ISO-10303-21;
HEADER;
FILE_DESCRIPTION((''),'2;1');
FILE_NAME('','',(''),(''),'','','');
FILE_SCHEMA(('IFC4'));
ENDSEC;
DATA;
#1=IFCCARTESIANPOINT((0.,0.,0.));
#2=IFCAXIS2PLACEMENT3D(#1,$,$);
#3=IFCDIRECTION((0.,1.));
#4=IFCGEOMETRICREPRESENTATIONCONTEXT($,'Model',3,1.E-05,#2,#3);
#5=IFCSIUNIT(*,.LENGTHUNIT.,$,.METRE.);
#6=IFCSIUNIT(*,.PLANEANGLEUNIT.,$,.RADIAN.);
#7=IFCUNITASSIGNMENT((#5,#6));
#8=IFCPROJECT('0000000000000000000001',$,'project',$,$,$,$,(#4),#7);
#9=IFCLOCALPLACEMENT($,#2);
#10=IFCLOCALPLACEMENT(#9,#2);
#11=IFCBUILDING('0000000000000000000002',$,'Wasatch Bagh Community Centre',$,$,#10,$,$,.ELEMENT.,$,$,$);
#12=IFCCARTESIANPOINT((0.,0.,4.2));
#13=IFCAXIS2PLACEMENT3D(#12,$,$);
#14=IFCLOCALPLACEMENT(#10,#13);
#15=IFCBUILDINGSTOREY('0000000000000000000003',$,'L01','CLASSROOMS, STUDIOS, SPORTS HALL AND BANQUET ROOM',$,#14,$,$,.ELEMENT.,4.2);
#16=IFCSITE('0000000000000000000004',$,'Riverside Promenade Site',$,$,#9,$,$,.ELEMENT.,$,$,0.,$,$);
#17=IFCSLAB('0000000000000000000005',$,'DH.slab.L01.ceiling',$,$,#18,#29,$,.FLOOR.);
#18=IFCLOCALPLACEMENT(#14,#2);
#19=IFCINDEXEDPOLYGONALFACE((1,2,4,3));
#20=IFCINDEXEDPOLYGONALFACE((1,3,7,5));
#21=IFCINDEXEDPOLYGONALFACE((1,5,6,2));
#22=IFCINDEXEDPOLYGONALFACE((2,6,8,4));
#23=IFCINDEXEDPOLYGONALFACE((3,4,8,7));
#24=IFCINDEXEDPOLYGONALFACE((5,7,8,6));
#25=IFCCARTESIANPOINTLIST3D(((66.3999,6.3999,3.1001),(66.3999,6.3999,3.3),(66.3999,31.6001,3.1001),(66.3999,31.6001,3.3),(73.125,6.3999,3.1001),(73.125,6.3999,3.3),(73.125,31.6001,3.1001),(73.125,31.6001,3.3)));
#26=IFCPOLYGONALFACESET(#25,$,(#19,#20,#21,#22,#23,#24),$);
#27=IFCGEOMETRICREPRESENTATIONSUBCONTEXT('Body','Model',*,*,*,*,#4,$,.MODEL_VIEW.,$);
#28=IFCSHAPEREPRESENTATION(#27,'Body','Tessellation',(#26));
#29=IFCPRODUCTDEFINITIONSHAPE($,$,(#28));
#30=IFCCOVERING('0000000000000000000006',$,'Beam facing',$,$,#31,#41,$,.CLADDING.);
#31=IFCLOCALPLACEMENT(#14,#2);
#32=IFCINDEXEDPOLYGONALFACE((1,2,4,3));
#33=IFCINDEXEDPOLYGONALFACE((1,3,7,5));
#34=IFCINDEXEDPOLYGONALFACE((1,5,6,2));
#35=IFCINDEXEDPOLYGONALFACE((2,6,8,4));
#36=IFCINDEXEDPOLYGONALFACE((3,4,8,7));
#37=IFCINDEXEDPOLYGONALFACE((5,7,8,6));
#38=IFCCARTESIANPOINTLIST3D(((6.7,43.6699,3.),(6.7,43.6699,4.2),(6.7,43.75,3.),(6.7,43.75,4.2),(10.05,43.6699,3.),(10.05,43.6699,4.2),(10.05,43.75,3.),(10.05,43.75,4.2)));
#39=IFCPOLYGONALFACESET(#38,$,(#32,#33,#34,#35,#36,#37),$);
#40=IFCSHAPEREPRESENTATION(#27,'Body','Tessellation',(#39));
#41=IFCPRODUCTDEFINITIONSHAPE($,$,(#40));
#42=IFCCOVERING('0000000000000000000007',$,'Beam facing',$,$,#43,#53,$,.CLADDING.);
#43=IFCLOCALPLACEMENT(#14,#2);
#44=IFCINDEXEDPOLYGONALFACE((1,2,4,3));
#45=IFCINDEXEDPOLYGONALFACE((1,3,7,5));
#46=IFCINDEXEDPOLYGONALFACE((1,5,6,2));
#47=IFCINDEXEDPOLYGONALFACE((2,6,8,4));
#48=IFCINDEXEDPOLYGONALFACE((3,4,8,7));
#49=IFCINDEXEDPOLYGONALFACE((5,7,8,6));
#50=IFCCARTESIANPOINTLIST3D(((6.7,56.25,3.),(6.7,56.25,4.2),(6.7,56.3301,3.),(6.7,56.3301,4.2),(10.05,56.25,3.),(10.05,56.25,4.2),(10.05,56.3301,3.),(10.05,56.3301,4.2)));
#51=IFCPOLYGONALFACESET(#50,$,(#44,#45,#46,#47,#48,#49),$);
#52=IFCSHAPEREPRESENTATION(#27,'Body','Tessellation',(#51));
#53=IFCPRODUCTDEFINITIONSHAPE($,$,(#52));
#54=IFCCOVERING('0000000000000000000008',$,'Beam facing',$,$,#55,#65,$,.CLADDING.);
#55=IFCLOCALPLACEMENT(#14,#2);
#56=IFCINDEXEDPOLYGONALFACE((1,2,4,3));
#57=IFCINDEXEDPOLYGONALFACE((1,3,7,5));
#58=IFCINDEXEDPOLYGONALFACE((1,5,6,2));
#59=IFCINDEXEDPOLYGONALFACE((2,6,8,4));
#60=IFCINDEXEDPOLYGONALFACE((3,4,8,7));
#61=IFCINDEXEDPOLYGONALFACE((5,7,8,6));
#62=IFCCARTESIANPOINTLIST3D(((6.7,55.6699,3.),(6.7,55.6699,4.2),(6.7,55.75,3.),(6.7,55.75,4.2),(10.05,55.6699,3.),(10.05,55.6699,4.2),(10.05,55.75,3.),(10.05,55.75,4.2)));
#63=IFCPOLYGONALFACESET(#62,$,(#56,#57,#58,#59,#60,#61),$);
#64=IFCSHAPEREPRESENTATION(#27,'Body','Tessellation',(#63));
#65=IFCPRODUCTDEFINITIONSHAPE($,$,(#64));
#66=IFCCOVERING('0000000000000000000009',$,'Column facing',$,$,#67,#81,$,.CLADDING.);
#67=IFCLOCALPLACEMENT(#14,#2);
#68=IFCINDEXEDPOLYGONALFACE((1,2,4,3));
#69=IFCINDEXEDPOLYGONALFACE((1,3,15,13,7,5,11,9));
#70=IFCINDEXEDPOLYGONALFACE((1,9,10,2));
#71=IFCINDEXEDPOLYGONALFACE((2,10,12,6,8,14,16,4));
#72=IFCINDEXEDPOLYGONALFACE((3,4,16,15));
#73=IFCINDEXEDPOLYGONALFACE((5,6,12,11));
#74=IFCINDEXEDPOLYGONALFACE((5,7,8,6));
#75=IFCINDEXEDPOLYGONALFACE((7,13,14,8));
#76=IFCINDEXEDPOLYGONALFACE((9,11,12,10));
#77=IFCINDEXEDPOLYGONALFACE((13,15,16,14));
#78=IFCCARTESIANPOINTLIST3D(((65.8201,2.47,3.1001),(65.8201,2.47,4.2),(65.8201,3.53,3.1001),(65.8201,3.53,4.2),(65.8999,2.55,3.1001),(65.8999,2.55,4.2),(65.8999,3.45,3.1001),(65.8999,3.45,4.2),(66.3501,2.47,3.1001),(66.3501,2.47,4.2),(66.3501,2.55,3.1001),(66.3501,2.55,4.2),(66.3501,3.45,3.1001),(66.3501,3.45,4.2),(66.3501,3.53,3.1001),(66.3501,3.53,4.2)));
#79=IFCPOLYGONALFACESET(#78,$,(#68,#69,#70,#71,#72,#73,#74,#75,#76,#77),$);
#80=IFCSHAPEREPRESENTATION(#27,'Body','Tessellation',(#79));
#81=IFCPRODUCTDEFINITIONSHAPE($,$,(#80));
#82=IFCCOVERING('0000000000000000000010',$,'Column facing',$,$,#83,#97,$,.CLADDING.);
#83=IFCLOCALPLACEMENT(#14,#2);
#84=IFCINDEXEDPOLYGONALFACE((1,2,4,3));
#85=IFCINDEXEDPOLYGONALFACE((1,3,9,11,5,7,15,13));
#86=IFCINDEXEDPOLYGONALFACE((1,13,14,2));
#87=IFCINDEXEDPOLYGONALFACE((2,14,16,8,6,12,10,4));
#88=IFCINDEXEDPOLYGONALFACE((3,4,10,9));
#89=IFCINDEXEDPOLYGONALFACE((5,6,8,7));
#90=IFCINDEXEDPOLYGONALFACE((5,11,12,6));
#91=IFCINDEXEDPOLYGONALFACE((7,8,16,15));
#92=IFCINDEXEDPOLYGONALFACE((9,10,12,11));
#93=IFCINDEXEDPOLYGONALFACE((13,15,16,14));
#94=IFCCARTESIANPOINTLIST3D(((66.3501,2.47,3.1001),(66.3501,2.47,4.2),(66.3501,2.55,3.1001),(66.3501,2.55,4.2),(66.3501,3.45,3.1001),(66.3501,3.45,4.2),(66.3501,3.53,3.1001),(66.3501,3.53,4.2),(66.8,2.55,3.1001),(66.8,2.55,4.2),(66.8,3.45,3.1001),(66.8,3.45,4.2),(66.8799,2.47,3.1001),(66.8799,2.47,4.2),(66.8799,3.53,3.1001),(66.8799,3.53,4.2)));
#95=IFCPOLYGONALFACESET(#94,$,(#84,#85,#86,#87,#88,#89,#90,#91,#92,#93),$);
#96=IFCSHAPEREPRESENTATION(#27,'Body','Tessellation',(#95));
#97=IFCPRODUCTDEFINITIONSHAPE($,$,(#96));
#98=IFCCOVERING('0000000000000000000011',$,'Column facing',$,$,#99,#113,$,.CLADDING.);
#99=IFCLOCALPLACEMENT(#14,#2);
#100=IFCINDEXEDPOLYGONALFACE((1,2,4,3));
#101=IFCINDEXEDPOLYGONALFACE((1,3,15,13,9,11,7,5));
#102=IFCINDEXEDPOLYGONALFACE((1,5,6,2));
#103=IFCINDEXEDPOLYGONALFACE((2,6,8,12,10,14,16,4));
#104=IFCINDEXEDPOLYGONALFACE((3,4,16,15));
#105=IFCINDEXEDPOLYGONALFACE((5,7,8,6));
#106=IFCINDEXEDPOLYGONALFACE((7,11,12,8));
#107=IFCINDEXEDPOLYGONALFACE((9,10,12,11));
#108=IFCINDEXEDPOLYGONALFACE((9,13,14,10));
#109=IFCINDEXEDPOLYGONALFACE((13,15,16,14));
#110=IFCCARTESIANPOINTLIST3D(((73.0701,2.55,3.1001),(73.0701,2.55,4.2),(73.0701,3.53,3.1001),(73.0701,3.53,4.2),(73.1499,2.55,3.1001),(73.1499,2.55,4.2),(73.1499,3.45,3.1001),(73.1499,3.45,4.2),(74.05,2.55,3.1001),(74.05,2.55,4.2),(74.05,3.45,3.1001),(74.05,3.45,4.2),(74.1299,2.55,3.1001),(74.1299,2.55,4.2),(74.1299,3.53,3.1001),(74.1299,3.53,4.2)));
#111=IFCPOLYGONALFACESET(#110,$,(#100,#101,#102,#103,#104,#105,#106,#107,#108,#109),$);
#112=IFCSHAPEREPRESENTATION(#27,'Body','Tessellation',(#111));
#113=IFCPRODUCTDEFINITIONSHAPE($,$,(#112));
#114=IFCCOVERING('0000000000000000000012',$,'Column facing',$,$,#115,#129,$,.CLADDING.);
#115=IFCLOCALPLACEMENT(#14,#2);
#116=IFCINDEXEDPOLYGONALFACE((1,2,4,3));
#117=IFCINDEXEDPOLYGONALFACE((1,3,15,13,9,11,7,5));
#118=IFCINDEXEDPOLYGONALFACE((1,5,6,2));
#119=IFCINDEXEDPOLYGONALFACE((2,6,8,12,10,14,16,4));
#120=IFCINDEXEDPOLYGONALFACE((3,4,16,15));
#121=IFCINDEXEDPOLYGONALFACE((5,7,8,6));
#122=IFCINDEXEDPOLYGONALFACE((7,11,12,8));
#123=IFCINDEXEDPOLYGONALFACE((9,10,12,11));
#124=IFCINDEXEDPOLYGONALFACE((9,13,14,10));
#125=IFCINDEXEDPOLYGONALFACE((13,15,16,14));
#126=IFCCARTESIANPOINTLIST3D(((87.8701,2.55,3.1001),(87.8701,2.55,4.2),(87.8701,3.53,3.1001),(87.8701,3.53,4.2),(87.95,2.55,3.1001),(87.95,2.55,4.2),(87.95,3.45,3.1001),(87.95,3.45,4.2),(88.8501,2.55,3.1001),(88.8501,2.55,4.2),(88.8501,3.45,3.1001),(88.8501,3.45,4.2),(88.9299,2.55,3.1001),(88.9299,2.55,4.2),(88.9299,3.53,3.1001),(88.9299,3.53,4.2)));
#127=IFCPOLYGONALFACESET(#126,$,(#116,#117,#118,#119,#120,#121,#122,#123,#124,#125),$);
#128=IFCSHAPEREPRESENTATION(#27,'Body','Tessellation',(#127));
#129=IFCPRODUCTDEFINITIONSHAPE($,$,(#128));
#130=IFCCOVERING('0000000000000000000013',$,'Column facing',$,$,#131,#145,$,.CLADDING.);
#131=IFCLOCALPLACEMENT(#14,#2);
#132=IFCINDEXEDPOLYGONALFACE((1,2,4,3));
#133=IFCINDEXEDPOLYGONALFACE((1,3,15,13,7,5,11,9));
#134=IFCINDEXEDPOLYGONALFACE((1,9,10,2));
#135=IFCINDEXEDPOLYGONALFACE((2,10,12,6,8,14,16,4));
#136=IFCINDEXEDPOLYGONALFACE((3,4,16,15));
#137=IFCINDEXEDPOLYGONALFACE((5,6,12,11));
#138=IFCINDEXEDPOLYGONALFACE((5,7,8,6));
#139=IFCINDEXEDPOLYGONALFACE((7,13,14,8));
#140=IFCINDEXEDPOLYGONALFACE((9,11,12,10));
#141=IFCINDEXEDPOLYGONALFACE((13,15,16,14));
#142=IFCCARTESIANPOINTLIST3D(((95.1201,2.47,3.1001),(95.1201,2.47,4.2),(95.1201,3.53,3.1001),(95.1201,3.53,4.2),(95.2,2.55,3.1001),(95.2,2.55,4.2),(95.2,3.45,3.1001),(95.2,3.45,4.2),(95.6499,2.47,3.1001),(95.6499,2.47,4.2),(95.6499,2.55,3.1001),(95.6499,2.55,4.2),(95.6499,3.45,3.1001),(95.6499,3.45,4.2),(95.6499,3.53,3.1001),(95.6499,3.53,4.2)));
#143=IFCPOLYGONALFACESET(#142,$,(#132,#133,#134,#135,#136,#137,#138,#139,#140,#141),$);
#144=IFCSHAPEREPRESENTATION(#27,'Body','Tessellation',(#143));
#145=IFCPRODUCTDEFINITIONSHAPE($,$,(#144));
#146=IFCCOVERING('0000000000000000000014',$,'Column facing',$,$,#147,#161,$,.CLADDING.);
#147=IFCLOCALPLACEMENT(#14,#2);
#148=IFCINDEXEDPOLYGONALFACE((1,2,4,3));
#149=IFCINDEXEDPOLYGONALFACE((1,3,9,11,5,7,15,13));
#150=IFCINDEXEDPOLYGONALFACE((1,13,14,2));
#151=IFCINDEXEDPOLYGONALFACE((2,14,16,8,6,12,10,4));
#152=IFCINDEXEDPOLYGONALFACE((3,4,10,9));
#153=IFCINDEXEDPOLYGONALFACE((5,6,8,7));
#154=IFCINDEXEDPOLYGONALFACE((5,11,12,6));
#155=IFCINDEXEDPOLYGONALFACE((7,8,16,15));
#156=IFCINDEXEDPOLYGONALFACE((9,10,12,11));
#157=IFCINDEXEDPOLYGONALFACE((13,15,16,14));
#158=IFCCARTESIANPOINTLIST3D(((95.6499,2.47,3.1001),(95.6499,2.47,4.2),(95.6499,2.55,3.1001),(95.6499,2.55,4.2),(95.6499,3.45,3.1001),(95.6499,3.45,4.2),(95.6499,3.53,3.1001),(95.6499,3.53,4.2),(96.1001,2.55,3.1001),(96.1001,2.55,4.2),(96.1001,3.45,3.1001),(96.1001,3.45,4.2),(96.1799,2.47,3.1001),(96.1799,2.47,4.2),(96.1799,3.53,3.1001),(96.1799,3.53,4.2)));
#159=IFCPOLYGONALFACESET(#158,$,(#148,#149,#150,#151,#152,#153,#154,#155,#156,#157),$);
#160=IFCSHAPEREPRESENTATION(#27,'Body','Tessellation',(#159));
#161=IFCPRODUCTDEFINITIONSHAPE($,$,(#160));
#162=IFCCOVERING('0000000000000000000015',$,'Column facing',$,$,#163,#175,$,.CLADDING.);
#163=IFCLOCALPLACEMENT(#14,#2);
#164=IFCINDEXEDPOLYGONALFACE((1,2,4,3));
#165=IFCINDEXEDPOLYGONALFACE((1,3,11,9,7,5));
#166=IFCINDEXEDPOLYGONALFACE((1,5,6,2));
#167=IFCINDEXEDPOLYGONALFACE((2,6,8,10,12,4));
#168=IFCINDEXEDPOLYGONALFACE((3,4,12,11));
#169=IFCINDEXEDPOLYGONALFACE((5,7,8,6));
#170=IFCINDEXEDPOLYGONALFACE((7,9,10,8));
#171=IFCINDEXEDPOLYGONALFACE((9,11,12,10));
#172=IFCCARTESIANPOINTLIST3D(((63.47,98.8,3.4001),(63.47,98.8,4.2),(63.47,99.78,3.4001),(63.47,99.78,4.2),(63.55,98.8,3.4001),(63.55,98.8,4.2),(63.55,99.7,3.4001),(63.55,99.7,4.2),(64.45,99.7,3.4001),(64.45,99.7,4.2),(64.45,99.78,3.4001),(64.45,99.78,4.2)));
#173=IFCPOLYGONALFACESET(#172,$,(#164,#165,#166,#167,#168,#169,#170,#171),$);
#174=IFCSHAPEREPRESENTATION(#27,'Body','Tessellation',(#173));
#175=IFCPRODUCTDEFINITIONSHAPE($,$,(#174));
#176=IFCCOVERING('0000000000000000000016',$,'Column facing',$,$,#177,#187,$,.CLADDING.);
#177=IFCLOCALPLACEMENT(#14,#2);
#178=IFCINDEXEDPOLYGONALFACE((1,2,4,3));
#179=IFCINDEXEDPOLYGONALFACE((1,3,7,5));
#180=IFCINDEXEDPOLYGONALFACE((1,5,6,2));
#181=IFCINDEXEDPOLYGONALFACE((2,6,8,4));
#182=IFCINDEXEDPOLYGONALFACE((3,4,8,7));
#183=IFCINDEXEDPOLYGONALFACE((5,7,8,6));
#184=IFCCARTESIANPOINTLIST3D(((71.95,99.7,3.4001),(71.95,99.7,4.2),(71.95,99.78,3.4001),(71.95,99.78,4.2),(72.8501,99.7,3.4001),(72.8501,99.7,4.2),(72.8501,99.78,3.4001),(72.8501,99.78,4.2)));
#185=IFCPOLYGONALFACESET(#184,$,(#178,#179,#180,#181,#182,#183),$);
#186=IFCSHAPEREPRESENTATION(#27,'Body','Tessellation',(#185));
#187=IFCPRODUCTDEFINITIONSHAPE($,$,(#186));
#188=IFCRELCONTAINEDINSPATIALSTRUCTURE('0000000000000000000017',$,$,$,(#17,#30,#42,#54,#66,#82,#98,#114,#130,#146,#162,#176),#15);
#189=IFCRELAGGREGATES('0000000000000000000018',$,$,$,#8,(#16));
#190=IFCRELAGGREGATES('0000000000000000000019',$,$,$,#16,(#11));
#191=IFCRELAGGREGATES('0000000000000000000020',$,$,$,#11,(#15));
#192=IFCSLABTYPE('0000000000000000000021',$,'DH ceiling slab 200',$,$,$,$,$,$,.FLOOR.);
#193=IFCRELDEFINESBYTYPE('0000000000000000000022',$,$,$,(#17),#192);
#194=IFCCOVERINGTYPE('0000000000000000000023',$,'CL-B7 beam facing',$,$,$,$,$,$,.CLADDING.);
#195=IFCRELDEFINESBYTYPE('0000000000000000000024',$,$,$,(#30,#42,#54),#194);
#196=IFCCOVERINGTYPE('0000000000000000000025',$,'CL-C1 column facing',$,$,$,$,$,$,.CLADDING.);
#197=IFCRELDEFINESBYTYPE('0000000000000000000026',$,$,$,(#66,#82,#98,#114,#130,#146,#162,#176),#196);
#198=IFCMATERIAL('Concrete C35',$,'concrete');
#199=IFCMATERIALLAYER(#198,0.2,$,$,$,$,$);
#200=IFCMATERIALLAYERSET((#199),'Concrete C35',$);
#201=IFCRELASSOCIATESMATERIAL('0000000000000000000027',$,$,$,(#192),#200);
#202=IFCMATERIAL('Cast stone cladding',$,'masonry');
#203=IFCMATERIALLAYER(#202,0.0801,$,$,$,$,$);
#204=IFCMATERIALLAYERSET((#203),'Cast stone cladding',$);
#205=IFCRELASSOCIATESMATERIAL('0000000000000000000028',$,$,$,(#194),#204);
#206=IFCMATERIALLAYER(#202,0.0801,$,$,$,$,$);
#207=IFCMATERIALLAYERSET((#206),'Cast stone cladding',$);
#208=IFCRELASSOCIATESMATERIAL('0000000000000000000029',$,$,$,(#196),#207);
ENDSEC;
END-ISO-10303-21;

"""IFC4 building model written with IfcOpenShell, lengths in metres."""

from ifc_helpers import new_model, si_unit, direction, frame, origin, place, context, subcontext, project, spatial, polyline, outline, extrude, material, layer, layer_set, type_object, element, save


model = new_model("IFC4")

# Units and contexts
model_context = context("Model", 3, precision=1e-05, world=origin(), true_north=direction((0.0, 1.0)))
body_context = subcontext(model_context, "Body", "Model", "MODEL_VIEW")
ifc_project = project(units=[si_unit("LENGTHUNIT", "METRE"), si_unit("PLANEANGLEUNIT", "RADIAN")], contexts=[model_context])

# Site, building, storey
site_placement = place(None, origin())
site = spatial("IfcSite", under=ifc_project, at=site_placement, Name="Riverside Promenade Site", CompositionType="ELEMENT", RefElevation=0.0)
building_placement = place(site_placement, origin())
building = spatial("IfcBuilding", under=site, at=building_placement, Name="Wasatch Bagh Community Centre", CompositionType="ELEMENT")
storey_placement = place(building_placement, frame((0.0, 0.0, 4.2)))
storey = spatial("IfcBuildingStorey", under=building, at=storey_placement, Name="L01", Description="CLASSROOMS, STUDIOS, SPORTS HALL AND BANQUET ROOM", CompositionType="ELEMENT", Elevation=4.2)

# Slab
ifc_material_1 = material(Name="Concrete C35", Category="concrete")
ifc_layer_1 = layer(ifc_material_1, 0.2)
ifc_layer_set_1 = layer_set([ifc_layer_1], Name="Concrete C35")
slab_type = type_object("IfcSlabType", Name="DH ceiling slab 200", PredefinedType="FLOOR", material=ifc_layer_set_1)
slab_placement = place(storey_placement, frame((0.0, 0.0, 3.1001)))
element("IfcSlab", 1, at=slab_placement, inside=storey, type_object=slab_type, Name="DH.slab.L01.ceiling", PredefinedType="FLOOR", context=body_context, shape_type="SweptSolid", body=[
    extrude(outline(polyline([(66.3999, 6.3999), (73.125, 6.3999), (73.125, 31.6001), (66.3999, 31.6001), (66.3999, 6.3999)])), origin(), (0.0, 0.0, 1.0), 0.2),
])

# Coverings
ifc_material_2 = material(Name="Cast stone cladding", Category="masonry")
ifc_layer_2 = layer(ifc_material_2, 0.0801)
ifc_layer_set_2 = layer_set([ifc_layer_2], Name="Cast stone cladding")
covering_type_1 = type_object("IfcCoveringType", Name="CL-B7 beam facing", PredefinedType="CLADDING", material=ifc_layer_set_2)
covering_1_placement = place(storey_placement, frame((0.0, 0.0, 3.0)))
element("IfcCovering", 2, at=covering_1_placement, inside=storey, type_object=covering_type_1, Name="Beam facing", PredefinedType="CLADDING", context=body_context, shape_type="SweptSolid", body=[
    extrude(outline(polyline([(6.7, 43.75), (10.05, 43.75), (10.05, 43.6699), (6.7, 43.6699), (6.7, 43.75)])), origin(), (0.0, 0.0, 1.0), 1.2),
])
covering_2_placement = place(storey_placement, frame((0.0, 0.0, 3.0)))
element("IfcCovering", 3, at=covering_2_placement, inside=storey, type_object=covering_type_1, Name="Beam facing", PredefinedType="CLADDING", context=body_context, shape_type="SweptSolid", body=[
    extrude(outline(polyline([(6.7, 56.25), (10.05, 56.25), (10.05, 56.3301), (6.7, 56.3301), (6.7, 56.25)])), origin(), (0.0, 0.0, 1.0), 1.2),
])
covering_3_placement = place(storey_placement, frame((0.0, 0.0, 3.0)))
element("IfcCovering", 4, at=covering_3_placement, inside=storey, type_object=covering_type_1, Name="Beam facing", PredefinedType="CLADDING", context=body_context, shape_type="SweptSolid", body=[
    extrude(outline(polyline([(6.7, 55.75), (10.05, 55.75), (10.05, 55.6699), (6.7, 55.6699), (6.7, 55.75)])), origin(), (0.0, 0.0, 1.0), 1.2),
])
ifc_layer_3 = layer(ifc_material_2, 0.0801)
ifc_layer_set_3 = layer_set([ifc_layer_3], Name="Cast stone cladding")
covering_type_2 = type_object("IfcCoveringType", Name="CL-C1 column facing", PredefinedType="CLADDING", material=ifc_layer_set_3)
covering_4_placement = place(storey_placement, frame((0.0, 0.0, 3.1001)))
element("IfcCovering", 5, at=covering_4_placement, inside=storey, type_object=covering_type_2, Name="Column facing", PredefinedType="CLADDING", context=body_context, shape_type="SweptSolid", body=[
    extrude(outline(polyline([(66.3501, 3.53), (66.3501, 3.45), (65.8999, 3.45), (65.8999, 2.55), (66.3501, 2.55), (66.3501, 2.47), (65.8201, 2.47), (65.8201, 3.53), (66.3501, 3.53)])), origin(), (0.0, 0.0, 1.0), 1.0999),
])
covering_5_placement = place(storey_placement, frame((0.0, 0.0, 3.1001)))
element("IfcCovering", 6, at=covering_5_placement, inside=storey, type_object=covering_type_2, Name="Column facing", PredefinedType="CLADDING", context=body_context, shape_type="SweptSolid", body=[
    extrude(outline(polyline([(66.8799, 3.53), (66.8799, 2.47), (66.3501, 2.47), (66.3501, 2.55), (66.8, 2.55), (66.8, 3.45), (66.3501, 3.45), (66.3501, 3.53), (66.8799, 3.53)])), origin(), (0.0, 0.0, 1.0), 1.0999),
])
covering_6_placement = place(storey_placement, frame((0.0, 0.0, 3.1001)))
element("IfcCovering", 7, at=covering_6_placement, inside=storey, type_object=covering_type_2, Name="Column facing", PredefinedType="CLADDING", context=body_context, shape_type="SweptSolid", body=[
    extrude(outline(polyline([(73.0701, 2.55), (73.0701, 3.53), (74.1299, 3.53), (74.1299, 2.55), (74.05, 2.55), (74.05, 3.45), (73.1499, 3.45), (73.1499, 2.55), (73.0701, 2.55)])), origin(), (0.0, 0.0, 1.0), 1.0999),
])
covering_7_placement = place(storey_placement, frame((0.0, 0.0, 3.1001)))
element("IfcCovering", 8, at=covering_7_placement, inside=storey, type_object=covering_type_2, Name="Column facing", PredefinedType="CLADDING", context=body_context, shape_type="SweptSolid", body=[
    extrude(outline(polyline([(87.8701, 2.55), (87.8701, 3.53), (88.9299, 3.53), (88.9299, 2.55), (88.8501, 2.55), (88.8501, 3.45), (87.95, 3.45), (87.95, 2.55), (87.8701, 2.55)])), origin(), (0.0, 0.0, 1.0), 1.0999),
])
covering_8_placement = place(storey_placement, frame((0.0, 0.0, 3.1001)))
element("IfcCovering", 9, at=covering_8_placement, inside=storey, type_object=covering_type_2, Name="Column facing", PredefinedType="CLADDING", context=body_context, shape_type="SweptSolid", body=[
    extrude(outline(polyline([(95.6499, 3.53), (95.6499, 3.45), (95.2, 3.45), (95.2, 2.55), (95.6499, 2.55), (95.6499, 2.47), (95.1201, 2.47), (95.1201, 3.53), (95.6499, 3.53)])), origin(), (0.0, 0.0, 1.0), 1.0999),
])
covering_9_placement = place(storey_placement, frame((0.0, 0.0, 3.1001)))
element("IfcCovering", 10, at=covering_9_placement, inside=storey, type_object=covering_type_2, Name="Column facing", PredefinedType="CLADDING", context=body_context, shape_type="SweptSolid", body=[
    extrude(outline(polyline([(96.1799, 3.53), (96.1799, 2.47), (95.6499, 2.47), (95.6499, 2.55), (96.1001, 2.55), (96.1001, 3.45), (95.6499, 3.45), (95.6499, 3.53), (96.1799, 3.53)])), origin(), (0.0, 0.0, 1.0), 1.0999),
])
covering_10_placement = place(storey_placement, frame((0.0, 0.0, 3.4001)))
element("IfcCovering", 11, at=covering_10_placement, inside=storey, type_object=covering_type_2, Name="Column facing", PredefinedType="CLADDING", context=body_context, shape_type="SweptSolid", body=[
    extrude(outline(polyline([(63.55, 98.8), (63.47, 98.8), (63.47, 99.78), (64.45, 99.78), (64.45, 99.7), (63.55, 99.7), (63.55, 98.8)])), origin(), (0.0, 0.0, 1.0), 0.7998),
])
covering_11_placement = place(storey_placement, frame((0.0, 0.0, 3.4001)))
element("IfcCovering", 12, at=covering_11_placement, inside=storey, type_object=covering_type_2, Name="Column facing", PredefinedType="CLADDING", context=body_context, shape_type="SweptSolid", body=[
    extrude(outline(polyline([(72.8501, 99.7), (71.95, 99.7), (71.95, 99.78), (72.8501, 99.78), (72.8501, 99.7)])), origin(), (0.0, 0.0, 1.0), 0.7998),
])

save(model, "model.ifc")
